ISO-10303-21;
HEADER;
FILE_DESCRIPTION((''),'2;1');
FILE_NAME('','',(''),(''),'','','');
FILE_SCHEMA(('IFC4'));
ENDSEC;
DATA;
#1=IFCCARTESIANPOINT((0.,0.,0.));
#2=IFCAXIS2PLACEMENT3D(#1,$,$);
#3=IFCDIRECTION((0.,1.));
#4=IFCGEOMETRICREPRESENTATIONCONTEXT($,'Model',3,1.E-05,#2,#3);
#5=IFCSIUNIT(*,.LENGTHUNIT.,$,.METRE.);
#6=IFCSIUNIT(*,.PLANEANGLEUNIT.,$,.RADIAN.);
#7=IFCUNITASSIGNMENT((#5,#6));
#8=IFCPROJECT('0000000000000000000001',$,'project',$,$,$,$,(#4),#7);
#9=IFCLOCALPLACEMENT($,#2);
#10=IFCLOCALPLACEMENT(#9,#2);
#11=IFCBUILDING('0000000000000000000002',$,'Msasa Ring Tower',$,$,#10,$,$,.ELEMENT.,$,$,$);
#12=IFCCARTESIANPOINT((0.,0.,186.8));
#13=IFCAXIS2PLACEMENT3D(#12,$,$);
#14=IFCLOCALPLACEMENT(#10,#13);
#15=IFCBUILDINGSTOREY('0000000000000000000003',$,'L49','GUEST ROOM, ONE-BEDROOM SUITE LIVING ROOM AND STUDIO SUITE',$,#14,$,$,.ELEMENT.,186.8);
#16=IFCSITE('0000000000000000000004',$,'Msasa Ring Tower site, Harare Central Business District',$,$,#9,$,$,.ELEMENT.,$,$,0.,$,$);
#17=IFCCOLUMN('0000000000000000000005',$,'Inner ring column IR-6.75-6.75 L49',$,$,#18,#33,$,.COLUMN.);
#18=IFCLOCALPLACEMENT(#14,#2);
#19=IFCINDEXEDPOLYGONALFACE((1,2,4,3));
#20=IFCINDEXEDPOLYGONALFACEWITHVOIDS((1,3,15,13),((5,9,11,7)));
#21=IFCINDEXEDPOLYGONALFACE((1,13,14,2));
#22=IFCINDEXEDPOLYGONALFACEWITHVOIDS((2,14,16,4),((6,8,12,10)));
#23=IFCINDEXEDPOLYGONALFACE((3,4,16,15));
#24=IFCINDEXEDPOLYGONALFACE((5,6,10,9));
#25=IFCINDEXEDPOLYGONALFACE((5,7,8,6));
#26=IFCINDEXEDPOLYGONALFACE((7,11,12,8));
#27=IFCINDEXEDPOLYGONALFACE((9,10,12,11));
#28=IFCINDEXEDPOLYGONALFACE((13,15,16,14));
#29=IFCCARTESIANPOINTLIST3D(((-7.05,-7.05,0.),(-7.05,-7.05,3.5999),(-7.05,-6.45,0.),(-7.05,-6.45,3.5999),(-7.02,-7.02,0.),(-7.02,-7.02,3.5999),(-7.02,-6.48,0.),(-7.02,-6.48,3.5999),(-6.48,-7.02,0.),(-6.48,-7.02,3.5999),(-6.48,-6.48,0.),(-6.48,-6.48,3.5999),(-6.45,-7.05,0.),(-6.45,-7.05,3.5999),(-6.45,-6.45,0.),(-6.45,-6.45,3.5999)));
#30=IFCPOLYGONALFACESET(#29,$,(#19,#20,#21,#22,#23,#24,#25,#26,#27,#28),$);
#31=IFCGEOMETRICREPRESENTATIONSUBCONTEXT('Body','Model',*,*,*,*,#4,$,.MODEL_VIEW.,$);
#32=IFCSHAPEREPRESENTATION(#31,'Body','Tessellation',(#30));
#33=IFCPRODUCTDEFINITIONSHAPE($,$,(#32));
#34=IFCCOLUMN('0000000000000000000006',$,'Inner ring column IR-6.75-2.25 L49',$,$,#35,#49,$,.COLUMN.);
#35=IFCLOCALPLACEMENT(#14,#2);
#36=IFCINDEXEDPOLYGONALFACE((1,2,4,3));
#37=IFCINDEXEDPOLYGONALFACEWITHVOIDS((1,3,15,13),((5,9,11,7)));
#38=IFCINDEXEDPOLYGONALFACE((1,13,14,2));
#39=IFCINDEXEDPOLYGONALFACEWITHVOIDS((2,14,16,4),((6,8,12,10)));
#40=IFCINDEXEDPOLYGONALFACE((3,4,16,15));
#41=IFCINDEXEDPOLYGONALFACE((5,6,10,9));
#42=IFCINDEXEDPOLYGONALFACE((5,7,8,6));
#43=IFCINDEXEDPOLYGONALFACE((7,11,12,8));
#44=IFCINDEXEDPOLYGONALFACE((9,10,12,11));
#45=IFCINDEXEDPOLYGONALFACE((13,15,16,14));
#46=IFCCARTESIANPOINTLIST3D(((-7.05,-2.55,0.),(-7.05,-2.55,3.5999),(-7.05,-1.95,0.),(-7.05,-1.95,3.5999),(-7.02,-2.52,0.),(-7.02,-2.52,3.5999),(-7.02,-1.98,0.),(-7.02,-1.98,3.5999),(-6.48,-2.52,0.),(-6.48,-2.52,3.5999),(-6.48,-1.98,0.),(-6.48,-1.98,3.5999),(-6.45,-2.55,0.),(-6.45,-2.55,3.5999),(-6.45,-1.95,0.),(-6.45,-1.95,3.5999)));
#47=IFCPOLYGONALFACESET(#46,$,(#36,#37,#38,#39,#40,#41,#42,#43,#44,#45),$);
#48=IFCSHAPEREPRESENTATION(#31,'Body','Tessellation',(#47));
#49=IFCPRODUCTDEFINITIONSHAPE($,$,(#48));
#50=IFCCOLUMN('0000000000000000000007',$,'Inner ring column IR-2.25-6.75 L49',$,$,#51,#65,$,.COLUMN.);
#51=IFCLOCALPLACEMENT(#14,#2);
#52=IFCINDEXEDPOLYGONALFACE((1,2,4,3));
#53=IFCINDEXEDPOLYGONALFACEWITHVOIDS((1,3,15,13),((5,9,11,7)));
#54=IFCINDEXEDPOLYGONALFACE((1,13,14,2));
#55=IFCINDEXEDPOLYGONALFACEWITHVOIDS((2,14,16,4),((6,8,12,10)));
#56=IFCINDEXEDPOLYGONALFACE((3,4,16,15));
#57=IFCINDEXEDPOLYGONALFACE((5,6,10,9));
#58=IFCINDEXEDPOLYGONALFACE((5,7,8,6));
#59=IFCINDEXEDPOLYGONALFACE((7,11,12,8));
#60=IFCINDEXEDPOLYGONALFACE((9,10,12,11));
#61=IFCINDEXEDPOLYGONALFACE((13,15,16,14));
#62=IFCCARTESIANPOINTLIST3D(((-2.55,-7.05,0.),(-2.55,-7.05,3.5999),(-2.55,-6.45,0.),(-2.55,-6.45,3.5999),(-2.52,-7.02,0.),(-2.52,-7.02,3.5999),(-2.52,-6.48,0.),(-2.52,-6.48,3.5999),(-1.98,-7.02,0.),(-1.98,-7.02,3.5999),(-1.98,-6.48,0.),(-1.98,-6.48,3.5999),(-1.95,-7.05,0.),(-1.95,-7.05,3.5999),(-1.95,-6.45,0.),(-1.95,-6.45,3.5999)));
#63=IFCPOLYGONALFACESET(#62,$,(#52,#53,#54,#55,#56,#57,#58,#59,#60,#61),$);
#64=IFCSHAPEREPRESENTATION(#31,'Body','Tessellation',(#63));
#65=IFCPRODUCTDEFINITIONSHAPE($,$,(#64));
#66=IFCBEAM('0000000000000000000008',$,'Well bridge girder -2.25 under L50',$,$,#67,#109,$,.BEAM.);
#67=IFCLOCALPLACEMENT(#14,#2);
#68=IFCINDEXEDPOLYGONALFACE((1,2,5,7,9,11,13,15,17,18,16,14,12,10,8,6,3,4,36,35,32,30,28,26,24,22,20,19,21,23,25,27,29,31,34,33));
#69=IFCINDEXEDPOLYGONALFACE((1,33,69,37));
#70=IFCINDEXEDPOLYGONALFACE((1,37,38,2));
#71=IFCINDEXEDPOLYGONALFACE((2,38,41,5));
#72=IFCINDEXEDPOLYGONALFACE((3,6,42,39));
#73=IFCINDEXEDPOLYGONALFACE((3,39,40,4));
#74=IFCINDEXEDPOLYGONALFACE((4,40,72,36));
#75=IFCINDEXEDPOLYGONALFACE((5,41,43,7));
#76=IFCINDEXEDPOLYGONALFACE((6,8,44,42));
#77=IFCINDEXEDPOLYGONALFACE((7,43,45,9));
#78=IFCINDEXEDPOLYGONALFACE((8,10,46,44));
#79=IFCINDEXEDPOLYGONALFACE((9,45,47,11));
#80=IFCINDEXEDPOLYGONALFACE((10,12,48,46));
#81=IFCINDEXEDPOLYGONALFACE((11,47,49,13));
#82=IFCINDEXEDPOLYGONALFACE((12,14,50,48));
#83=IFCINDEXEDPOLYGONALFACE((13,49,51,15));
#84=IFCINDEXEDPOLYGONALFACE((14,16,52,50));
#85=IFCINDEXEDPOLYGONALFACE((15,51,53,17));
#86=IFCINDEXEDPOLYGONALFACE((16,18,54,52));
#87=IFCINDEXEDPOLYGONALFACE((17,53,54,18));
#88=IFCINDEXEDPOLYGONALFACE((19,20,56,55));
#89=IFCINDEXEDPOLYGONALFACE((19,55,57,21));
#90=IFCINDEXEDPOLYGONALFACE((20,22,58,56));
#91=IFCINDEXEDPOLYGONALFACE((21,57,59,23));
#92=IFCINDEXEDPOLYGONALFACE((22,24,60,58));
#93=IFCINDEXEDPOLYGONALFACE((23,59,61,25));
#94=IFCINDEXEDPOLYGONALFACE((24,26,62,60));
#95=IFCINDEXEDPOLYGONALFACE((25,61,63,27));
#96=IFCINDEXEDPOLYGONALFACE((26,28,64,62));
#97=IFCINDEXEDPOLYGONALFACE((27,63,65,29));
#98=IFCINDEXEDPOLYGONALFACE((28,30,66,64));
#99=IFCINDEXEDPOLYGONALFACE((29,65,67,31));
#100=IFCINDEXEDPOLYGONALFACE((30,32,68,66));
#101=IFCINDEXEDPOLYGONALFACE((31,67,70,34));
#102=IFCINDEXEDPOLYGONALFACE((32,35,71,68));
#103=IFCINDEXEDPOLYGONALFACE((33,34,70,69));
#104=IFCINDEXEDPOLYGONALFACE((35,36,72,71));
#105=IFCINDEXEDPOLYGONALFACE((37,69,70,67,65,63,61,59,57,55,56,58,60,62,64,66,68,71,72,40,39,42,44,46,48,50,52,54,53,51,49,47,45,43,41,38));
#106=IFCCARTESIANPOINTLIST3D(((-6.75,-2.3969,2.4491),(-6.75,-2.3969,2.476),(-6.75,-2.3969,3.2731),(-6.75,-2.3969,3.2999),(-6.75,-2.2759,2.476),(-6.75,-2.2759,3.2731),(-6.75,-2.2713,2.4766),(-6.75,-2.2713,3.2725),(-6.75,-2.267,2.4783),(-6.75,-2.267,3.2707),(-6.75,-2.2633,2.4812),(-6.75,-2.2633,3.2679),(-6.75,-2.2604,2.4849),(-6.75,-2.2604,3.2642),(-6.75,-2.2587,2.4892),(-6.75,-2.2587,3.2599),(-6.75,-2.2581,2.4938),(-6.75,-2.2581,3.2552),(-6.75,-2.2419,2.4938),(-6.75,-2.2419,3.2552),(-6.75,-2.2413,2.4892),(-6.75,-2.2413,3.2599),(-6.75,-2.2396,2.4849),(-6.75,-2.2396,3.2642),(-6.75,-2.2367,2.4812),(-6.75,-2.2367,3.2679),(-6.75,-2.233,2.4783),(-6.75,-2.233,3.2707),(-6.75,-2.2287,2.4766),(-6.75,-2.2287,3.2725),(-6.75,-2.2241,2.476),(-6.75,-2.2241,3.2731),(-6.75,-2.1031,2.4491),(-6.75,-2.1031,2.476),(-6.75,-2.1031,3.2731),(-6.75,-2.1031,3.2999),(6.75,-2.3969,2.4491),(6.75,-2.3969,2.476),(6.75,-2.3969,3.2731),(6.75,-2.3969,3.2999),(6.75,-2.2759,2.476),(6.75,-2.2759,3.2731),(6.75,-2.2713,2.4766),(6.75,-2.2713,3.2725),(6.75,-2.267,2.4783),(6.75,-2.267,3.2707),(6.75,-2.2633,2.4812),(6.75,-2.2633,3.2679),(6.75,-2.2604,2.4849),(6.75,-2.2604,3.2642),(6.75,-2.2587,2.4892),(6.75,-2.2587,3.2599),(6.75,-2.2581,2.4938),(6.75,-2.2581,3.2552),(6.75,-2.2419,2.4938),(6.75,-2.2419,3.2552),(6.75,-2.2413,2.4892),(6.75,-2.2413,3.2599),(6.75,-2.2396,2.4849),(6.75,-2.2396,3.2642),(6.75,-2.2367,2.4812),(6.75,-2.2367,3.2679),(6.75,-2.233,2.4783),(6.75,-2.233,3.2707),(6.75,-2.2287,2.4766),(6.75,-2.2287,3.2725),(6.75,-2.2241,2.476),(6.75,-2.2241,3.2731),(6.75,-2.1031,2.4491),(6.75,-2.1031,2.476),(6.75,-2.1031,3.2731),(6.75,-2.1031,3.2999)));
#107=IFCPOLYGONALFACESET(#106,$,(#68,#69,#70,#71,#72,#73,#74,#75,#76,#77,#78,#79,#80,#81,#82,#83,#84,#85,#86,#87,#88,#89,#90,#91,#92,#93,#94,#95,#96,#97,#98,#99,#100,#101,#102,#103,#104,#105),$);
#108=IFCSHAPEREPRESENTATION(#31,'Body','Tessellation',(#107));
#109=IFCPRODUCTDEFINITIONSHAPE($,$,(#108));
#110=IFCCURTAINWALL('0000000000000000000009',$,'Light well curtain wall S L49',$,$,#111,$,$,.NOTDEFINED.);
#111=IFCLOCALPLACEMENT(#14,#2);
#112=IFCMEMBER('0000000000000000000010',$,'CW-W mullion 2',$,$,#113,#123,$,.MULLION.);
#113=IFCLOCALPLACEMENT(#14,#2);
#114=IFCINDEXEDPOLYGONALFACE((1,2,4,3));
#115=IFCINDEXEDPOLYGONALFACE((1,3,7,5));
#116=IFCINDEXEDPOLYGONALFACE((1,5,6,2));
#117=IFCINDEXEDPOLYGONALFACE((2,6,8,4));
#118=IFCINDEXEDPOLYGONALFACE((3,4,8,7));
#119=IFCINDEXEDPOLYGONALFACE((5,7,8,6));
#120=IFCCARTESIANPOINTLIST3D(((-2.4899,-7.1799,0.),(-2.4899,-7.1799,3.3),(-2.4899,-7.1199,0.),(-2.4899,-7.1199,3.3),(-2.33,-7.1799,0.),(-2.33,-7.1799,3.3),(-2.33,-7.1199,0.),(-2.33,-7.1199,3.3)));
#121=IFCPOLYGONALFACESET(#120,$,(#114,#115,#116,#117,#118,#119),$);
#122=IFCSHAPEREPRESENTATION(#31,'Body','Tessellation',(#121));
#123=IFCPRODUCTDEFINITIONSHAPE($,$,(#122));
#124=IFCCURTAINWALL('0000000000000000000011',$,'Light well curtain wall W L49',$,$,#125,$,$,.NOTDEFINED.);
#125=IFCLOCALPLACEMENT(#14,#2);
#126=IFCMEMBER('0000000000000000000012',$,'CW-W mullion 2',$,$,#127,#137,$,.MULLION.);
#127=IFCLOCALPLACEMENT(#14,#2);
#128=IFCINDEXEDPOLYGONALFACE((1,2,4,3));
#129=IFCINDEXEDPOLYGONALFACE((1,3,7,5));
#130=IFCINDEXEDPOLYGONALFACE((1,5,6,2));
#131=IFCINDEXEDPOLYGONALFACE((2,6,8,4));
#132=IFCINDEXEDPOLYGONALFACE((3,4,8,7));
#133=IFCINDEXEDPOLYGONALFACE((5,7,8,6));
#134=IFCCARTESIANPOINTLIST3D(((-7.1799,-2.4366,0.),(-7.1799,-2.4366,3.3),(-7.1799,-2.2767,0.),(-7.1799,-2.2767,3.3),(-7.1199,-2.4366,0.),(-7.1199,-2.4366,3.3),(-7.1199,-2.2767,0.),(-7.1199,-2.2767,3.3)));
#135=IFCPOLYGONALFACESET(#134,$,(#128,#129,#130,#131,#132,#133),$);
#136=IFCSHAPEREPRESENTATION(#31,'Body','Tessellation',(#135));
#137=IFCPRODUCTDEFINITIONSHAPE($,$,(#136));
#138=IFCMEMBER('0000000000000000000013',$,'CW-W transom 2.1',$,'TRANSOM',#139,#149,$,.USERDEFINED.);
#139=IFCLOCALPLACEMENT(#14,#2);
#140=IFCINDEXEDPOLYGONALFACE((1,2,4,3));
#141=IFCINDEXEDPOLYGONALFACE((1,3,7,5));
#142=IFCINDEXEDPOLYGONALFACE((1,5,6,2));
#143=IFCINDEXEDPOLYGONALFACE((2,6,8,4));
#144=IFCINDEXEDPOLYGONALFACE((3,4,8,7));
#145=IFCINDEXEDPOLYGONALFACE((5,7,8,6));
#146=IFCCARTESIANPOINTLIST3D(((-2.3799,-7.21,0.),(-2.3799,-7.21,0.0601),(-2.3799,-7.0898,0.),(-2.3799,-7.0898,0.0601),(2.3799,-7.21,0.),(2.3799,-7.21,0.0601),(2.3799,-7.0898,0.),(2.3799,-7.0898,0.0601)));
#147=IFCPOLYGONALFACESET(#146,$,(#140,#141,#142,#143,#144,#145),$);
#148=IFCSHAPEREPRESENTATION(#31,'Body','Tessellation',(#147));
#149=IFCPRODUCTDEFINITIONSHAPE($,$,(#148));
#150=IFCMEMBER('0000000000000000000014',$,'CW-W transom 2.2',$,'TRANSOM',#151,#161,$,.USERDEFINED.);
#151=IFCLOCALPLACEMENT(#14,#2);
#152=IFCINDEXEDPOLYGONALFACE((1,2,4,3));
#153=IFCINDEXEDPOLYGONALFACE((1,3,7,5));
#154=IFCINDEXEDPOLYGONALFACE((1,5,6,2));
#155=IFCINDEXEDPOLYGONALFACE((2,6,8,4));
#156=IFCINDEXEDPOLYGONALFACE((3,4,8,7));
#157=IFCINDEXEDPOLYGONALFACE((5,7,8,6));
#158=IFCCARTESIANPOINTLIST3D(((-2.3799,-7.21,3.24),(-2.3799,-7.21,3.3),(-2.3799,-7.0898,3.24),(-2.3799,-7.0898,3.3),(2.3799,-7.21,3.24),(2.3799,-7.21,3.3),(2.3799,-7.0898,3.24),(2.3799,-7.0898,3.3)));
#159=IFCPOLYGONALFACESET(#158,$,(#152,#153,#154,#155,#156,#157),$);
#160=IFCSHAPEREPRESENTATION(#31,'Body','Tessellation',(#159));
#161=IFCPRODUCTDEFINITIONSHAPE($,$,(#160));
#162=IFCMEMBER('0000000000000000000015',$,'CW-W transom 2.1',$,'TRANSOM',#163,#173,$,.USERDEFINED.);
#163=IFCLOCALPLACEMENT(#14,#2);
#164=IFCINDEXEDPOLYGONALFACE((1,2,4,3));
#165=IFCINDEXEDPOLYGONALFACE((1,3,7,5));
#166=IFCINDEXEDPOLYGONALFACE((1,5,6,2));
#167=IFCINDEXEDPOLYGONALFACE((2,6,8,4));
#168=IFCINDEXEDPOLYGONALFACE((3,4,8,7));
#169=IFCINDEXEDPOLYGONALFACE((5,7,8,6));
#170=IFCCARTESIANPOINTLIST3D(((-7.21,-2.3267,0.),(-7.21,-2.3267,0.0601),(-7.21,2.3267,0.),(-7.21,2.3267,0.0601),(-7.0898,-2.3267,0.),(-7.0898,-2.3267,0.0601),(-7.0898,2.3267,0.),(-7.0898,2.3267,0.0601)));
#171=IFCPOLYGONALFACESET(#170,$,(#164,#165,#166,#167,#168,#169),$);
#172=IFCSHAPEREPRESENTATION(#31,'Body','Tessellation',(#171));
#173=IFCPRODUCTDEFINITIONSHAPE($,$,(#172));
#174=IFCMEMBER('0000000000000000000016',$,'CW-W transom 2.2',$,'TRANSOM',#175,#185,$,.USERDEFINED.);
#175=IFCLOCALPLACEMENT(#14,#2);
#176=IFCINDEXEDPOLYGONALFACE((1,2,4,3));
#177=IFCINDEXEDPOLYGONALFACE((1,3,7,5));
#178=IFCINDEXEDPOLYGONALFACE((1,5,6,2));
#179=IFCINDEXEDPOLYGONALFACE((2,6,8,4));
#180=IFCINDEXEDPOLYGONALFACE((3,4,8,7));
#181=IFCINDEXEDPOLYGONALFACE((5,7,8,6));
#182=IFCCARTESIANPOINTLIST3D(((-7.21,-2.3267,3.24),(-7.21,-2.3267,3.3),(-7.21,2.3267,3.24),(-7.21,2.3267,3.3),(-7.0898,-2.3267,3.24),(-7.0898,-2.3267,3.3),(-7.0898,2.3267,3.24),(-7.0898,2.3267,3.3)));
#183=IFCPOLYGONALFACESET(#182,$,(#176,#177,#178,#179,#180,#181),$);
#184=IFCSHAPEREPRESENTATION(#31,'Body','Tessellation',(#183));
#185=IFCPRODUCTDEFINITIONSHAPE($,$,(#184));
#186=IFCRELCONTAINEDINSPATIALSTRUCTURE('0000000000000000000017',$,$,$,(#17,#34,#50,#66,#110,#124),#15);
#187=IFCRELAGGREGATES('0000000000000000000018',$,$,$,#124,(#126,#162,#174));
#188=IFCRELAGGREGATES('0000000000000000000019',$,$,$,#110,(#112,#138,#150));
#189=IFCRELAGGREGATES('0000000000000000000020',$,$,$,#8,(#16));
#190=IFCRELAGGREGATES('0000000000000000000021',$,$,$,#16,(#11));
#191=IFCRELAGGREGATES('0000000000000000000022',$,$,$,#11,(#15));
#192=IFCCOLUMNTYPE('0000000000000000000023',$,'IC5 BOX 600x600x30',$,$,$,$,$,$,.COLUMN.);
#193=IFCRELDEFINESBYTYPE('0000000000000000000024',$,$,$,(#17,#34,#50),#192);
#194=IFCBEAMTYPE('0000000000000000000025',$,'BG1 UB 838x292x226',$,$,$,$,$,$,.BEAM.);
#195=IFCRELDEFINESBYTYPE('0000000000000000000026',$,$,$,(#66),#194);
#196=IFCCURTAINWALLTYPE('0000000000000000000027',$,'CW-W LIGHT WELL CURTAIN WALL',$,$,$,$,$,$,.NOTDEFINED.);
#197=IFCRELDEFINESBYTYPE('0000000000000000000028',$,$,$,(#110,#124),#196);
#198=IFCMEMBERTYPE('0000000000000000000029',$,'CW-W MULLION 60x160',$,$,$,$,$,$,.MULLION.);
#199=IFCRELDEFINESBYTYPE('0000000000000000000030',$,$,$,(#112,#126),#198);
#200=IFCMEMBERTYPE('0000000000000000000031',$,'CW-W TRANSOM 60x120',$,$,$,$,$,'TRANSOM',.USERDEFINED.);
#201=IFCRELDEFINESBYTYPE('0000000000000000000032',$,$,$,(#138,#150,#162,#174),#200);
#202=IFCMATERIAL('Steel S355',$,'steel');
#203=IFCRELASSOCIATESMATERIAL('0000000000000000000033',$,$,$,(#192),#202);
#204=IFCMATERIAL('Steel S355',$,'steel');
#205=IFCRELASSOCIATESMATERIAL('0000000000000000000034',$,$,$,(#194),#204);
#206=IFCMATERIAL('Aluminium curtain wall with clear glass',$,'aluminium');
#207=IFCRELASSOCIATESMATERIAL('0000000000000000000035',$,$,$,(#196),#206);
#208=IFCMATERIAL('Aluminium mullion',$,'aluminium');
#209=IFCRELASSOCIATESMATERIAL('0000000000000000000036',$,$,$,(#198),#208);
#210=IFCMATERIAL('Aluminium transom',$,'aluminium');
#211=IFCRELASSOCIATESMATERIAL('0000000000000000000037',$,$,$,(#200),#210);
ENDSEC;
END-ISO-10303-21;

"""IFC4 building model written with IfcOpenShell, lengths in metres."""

from ifc_helpers import new_model, si_unit, direction, frame, origin, origin_2d, place, context, subcontext, project, spatial, rectangle, hollow_rectangle, i_section, extrude, material, material_profile, profile_set, type_object, element, aggregate, save


model = new_model("IFC4")

# Units and contexts
model_context = context("Model", 3, precision=1e-05, world=origin(), true_north=direction((0.0, 1.0)))
body_context = subcontext(model_context, "Body", "Model", "MODEL_VIEW")
ifc_project = project(units=[si_unit("LENGTHUNIT", "METRE"), si_unit("PLANEANGLEUNIT", "RADIAN")], contexts=[model_context])

# Site, building, storey
site_placement = place(None, origin())
site = spatial("IfcSite", under=ifc_project, at=site_placement, Name="Msasa Ring Tower site, Harare Central Business District", CompositionType="ELEMENT", RefElevation=0.0)
building_placement = place(site_placement, origin())
building = spatial("IfcBuilding", under=site, at=building_placement, Name="Msasa Ring Tower", CompositionType="ELEMENT")
storey_placement = place(building_placement, frame((0.0, 0.0, 186.8)))
storey = spatial("IfcBuildingStorey", under=building, at=storey_placement, Name="L49", Description="GUEST ROOM, ONE-BEDROOM SUITE LIVING ROOM AND STUDIO SUITE", CompositionType="ELEMENT", Elevation=186.8)

# Columns
ifc_material_1 = material(Name="Steel S355", Category="steel")
ifc_material_profile_1 = material_profile(ifc_material_1, hollow_rectangle(XDim=0.6001, YDim=0.6001, WallThickness=0.03, at=origin_2d()), Name="BOX 600x600x30")
ifc_profile_set_1 = profile_set([ifc_material_profile_1], Name="Steel S355")
column_type = type_object("IfcColumnType", Name="IC5 BOX 600x600x30", PredefinedType="COLUMN", material=ifc_profile_set_1)
for number, where, z_axis, x_axis, name in (
    (1, (-6.75, -6.75, 0.0), (0.0, 0.0, 1.0), (1.0, 0.0, 0.0), "Inner ring column IR-6.75-6.75 L49"),
    (2, (-6.75, -2.25, 0.0), (0.0, 0.0, 1.0), (1.0, 0.0, 0.0), "Inner ring column IR-6.75-2.25 L49"),
    (3, (-2.25, -6.75, 0.0), (0.0, 0.0, 1.0), (1.0, 0.0, 0.0), "Inner ring column IR-2.25-6.75 L49"),
):
    element("IfcColumn", number, at=place(storey_placement, frame(where, z_axis=z_axis, x_axis=x_axis)), inside=storey, type_object=column_type, Name=name, PredefinedType="COLUMN", context=body_context, shape_type="SweptSolid", body=[
        extrude(hollow_rectangle(XDim=0.6001, YDim=0.6001, WallThickness=0.03, at=origin_2d()), origin(), (0.0, 0.0, 1.0), 3.5999),
    ])

# Beam
ifc_material_2 = material(Name="Steel S355", Category="steel")
ifc_material_profile_2 = material_profile(ifc_material_2, i_section(OverallWidth=0.2937, OverallDepth=0.8508, WebThickness=0.0161, FlangeThickness=0.0269, FilletRadius=0.0178, at=origin_2d()), Name="UB 838x292x226")
ifc_profile_set_2 = profile_set([ifc_material_profile_2], Name="Steel S355")
beam_type_1 = type_object("IfcBeamType", Name="BG1 UB 838x292x226", PredefinedType="BEAM", material=ifc_profile_set_2)
beam_placement = place(storey_placement, frame((-6.75, -2.25, 2.8745), z_axis=(1.0, 0.0, 0.0), x_axis=(0.0, 1.0, 0.0)))
element("IfcBeam", 4, at=beam_placement, inside=storey, type_object=beam_type_1, Name="Well bridge girder -2.25 under L50", PredefinedType="BEAM", context=body_context, shape_type="SweptSolid", body=[
    extrude(i_section(OverallWidth=0.2937, OverallDepth=0.8508, WebThickness=0.0161, FlangeThickness=0.0269, FilletRadius=0.0178, at=origin_2d()), origin(), (0.0, 0.0, 1.0), 13.5),
])

# Curtain walls, members
ifc_material_3 = material(Name="Aluminium curtain wall with clear glass", Category="aluminium")
curtain_wall_type = type_object("IfcCurtainWallType", Name="CW-W LIGHT WELL CURTAIN WALL", PredefinedType="NOTDEFINED", material=ifc_material_3)
curtain_wall_1_placement = place(storey_placement, origin())
curtain_wall_1 = element("IfcCurtainWall", 5, at=curtain_wall_1_placement, inside=storey, type_object=curtain_wall_type, Name="Light well curtain wall S L49", PredefinedType="NOTDEFINED")
ifc_material_4 = material(Name="Aluminium mullion", Category="aluminium")
ifc_material_profile_3 = material_profile(ifc_material_4, rectangle(XDim=0.0601, YDim=0.1599, at=origin_2d()), Name="AL 60x160")
ifc_profile_set_3 = profile_set([ifc_material_profile_3], Name="Aluminium mullion")
member_type_1 = type_object("IfcMemberType", Name="CW-W MULLION 60x160", PredefinedType="MULLION", material=ifc_profile_set_3)
member_1_placement = place(storey_placement, frame((-2.4099, -7.1499, 0.0), z_axis=(0.0, 0.0, 1.0), x_axis=(0.0, 1.0, 0.0)))
member_1 = element("IfcMember", 6, at=member_1_placement, type_object=member_type_1, Name="CW-W mullion 2", PredefinedType="MULLION", context=body_context, shape_type="SweptSolid", body=[
    extrude(rectangle(XDim=0.0601, YDim=0.1599, at=origin_2d()), origin(), (0.0, 0.0, 1.0), 3.3),
])
curtain_wall_2_placement = place(storey_placement, origin())
curtain_wall_2 = element("IfcCurtainWall", 7, at=curtain_wall_2_placement, inside=storey, type_object=curtain_wall_type, Name="Light well curtain wall W L49", PredefinedType="NOTDEFINED")
member_2_placement = place(storey_placement, frame((-7.1499, -2.3567, 0.0), z_axis=(0.0, 0.0, 1.0), x_axis=(-1.0, 0.0, 0.0)))
member_2 = element("IfcMember", 8, at=member_2_placement, type_object=member_type_1, Name="CW-W mullion 2", PredefinedType="MULLION", context=body_context, shape_type="SweptSolid", body=[
    extrude(rectangle(XDim=0.0601, YDim=0.1599, at=origin_2d()), origin(), (0.0, 0.0, 1.0), 3.3),
])

# Members
ifc_material_5 = material(Name="Aluminium transom", Category="aluminium")
ifc_material_profile_4 = material_profile(ifc_material_5, rectangle(XDim=0.1201, YDim=0.0601, at=origin_2d()), Name="AL 60x120")
ifc_profile_set_4 = profile_set([ifc_material_profile_4], Name="Aluminium transom")
member_type_2 = type_object("IfcMemberType", Name="CW-W TRANSOM 60x120", ElementType="TRANSOM", PredefinedType="USERDEFINED", material=ifc_profile_set_4)
member_3_placement = place(storey_placement, frame((-2.3799, -7.1499, 0.03), z_axis=(1.0, 0.0, 0.0), x_axis=(0.0, 1.0, 0.0)))
member_3 = element("IfcMember", 9, at=member_3_placement, type_object=member_type_2, Name="CW-W transom 2.1", ObjectType="TRANSOM", PredefinedType="USERDEFINED", context=body_context, shape_type="SweptSolid", body=[
    extrude(rectangle(XDim=0.1201, YDim=0.0601, at=origin_2d()), origin(), (0.0, 0.0, 1.0), 4.7598),
])
member_4_placement = place(storey_placement, frame((-2.3799, -7.1499, 3.27), z_axis=(1.0, 0.0, 0.0), x_axis=(0.0, 1.0, 0.0)))
member_4 = element("IfcMember", 10, at=member_4_placement, type_object=member_type_2, Name="CW-W transom 2.2", ObjectType="TRANSOM", PredefinedType="USERDEFINED", context=body_context, shape_type="SweptSolid", body=[
    extrude(rectangle(XDim=0.1201, YDim=0.0601, at=origin_2d()), origin(), (0.0, 0.0, 1.0), 4.7598),
])
member_5_placement = place(storey_placement, frame((-7.1499, -2.3267, 0.03), z_axis=(0.0, 1.0, 0.0), x_axis=(-1.0, 0.0, 0.0)))
member_5 = element("IfcMember", 11, at=member_5_placement, type_object=member_type_2, Name="CW-W transom 2.1", ObjectType="TRANSOM", PredefinedType="USERDEFINED", context=body_context, shape_type="SweptSolid", body=[
    extrude(rectangle(XDim=0.1201, YDim=0.0601, at=origin_2d()), origin(), (0.0, 0.0, 1.0), 4.6533),
])
member_6_placement = place(storey_placement, frame((-7.1499, -2.3267, 3.27), z_axis=(0.0, 1.0, 0.0), x_axis=(-1.0, 0.0, 0.0)))
member_6 = element("IfcMember", 12, at=member_6_placement, type_object=member_type_2, Name="CW-W transom 2.2", ObjectType="TRANSOM", PredefinedType="USERDEFINED", context=body_context, shape_type="SweptSolid", body=[
    extrude(rectangle(XDim=0.1201, YDim=0.0601, at=origin_2d()), origin(), (0.0, 0.0, 1.0), 4.6533),
])
aggregate(curtain_wall_2, [member_2, member_5, member_6])

aggregate(curtain_wall_1, [member_1, member_3, member_4])

save(model, "model.ifc")
